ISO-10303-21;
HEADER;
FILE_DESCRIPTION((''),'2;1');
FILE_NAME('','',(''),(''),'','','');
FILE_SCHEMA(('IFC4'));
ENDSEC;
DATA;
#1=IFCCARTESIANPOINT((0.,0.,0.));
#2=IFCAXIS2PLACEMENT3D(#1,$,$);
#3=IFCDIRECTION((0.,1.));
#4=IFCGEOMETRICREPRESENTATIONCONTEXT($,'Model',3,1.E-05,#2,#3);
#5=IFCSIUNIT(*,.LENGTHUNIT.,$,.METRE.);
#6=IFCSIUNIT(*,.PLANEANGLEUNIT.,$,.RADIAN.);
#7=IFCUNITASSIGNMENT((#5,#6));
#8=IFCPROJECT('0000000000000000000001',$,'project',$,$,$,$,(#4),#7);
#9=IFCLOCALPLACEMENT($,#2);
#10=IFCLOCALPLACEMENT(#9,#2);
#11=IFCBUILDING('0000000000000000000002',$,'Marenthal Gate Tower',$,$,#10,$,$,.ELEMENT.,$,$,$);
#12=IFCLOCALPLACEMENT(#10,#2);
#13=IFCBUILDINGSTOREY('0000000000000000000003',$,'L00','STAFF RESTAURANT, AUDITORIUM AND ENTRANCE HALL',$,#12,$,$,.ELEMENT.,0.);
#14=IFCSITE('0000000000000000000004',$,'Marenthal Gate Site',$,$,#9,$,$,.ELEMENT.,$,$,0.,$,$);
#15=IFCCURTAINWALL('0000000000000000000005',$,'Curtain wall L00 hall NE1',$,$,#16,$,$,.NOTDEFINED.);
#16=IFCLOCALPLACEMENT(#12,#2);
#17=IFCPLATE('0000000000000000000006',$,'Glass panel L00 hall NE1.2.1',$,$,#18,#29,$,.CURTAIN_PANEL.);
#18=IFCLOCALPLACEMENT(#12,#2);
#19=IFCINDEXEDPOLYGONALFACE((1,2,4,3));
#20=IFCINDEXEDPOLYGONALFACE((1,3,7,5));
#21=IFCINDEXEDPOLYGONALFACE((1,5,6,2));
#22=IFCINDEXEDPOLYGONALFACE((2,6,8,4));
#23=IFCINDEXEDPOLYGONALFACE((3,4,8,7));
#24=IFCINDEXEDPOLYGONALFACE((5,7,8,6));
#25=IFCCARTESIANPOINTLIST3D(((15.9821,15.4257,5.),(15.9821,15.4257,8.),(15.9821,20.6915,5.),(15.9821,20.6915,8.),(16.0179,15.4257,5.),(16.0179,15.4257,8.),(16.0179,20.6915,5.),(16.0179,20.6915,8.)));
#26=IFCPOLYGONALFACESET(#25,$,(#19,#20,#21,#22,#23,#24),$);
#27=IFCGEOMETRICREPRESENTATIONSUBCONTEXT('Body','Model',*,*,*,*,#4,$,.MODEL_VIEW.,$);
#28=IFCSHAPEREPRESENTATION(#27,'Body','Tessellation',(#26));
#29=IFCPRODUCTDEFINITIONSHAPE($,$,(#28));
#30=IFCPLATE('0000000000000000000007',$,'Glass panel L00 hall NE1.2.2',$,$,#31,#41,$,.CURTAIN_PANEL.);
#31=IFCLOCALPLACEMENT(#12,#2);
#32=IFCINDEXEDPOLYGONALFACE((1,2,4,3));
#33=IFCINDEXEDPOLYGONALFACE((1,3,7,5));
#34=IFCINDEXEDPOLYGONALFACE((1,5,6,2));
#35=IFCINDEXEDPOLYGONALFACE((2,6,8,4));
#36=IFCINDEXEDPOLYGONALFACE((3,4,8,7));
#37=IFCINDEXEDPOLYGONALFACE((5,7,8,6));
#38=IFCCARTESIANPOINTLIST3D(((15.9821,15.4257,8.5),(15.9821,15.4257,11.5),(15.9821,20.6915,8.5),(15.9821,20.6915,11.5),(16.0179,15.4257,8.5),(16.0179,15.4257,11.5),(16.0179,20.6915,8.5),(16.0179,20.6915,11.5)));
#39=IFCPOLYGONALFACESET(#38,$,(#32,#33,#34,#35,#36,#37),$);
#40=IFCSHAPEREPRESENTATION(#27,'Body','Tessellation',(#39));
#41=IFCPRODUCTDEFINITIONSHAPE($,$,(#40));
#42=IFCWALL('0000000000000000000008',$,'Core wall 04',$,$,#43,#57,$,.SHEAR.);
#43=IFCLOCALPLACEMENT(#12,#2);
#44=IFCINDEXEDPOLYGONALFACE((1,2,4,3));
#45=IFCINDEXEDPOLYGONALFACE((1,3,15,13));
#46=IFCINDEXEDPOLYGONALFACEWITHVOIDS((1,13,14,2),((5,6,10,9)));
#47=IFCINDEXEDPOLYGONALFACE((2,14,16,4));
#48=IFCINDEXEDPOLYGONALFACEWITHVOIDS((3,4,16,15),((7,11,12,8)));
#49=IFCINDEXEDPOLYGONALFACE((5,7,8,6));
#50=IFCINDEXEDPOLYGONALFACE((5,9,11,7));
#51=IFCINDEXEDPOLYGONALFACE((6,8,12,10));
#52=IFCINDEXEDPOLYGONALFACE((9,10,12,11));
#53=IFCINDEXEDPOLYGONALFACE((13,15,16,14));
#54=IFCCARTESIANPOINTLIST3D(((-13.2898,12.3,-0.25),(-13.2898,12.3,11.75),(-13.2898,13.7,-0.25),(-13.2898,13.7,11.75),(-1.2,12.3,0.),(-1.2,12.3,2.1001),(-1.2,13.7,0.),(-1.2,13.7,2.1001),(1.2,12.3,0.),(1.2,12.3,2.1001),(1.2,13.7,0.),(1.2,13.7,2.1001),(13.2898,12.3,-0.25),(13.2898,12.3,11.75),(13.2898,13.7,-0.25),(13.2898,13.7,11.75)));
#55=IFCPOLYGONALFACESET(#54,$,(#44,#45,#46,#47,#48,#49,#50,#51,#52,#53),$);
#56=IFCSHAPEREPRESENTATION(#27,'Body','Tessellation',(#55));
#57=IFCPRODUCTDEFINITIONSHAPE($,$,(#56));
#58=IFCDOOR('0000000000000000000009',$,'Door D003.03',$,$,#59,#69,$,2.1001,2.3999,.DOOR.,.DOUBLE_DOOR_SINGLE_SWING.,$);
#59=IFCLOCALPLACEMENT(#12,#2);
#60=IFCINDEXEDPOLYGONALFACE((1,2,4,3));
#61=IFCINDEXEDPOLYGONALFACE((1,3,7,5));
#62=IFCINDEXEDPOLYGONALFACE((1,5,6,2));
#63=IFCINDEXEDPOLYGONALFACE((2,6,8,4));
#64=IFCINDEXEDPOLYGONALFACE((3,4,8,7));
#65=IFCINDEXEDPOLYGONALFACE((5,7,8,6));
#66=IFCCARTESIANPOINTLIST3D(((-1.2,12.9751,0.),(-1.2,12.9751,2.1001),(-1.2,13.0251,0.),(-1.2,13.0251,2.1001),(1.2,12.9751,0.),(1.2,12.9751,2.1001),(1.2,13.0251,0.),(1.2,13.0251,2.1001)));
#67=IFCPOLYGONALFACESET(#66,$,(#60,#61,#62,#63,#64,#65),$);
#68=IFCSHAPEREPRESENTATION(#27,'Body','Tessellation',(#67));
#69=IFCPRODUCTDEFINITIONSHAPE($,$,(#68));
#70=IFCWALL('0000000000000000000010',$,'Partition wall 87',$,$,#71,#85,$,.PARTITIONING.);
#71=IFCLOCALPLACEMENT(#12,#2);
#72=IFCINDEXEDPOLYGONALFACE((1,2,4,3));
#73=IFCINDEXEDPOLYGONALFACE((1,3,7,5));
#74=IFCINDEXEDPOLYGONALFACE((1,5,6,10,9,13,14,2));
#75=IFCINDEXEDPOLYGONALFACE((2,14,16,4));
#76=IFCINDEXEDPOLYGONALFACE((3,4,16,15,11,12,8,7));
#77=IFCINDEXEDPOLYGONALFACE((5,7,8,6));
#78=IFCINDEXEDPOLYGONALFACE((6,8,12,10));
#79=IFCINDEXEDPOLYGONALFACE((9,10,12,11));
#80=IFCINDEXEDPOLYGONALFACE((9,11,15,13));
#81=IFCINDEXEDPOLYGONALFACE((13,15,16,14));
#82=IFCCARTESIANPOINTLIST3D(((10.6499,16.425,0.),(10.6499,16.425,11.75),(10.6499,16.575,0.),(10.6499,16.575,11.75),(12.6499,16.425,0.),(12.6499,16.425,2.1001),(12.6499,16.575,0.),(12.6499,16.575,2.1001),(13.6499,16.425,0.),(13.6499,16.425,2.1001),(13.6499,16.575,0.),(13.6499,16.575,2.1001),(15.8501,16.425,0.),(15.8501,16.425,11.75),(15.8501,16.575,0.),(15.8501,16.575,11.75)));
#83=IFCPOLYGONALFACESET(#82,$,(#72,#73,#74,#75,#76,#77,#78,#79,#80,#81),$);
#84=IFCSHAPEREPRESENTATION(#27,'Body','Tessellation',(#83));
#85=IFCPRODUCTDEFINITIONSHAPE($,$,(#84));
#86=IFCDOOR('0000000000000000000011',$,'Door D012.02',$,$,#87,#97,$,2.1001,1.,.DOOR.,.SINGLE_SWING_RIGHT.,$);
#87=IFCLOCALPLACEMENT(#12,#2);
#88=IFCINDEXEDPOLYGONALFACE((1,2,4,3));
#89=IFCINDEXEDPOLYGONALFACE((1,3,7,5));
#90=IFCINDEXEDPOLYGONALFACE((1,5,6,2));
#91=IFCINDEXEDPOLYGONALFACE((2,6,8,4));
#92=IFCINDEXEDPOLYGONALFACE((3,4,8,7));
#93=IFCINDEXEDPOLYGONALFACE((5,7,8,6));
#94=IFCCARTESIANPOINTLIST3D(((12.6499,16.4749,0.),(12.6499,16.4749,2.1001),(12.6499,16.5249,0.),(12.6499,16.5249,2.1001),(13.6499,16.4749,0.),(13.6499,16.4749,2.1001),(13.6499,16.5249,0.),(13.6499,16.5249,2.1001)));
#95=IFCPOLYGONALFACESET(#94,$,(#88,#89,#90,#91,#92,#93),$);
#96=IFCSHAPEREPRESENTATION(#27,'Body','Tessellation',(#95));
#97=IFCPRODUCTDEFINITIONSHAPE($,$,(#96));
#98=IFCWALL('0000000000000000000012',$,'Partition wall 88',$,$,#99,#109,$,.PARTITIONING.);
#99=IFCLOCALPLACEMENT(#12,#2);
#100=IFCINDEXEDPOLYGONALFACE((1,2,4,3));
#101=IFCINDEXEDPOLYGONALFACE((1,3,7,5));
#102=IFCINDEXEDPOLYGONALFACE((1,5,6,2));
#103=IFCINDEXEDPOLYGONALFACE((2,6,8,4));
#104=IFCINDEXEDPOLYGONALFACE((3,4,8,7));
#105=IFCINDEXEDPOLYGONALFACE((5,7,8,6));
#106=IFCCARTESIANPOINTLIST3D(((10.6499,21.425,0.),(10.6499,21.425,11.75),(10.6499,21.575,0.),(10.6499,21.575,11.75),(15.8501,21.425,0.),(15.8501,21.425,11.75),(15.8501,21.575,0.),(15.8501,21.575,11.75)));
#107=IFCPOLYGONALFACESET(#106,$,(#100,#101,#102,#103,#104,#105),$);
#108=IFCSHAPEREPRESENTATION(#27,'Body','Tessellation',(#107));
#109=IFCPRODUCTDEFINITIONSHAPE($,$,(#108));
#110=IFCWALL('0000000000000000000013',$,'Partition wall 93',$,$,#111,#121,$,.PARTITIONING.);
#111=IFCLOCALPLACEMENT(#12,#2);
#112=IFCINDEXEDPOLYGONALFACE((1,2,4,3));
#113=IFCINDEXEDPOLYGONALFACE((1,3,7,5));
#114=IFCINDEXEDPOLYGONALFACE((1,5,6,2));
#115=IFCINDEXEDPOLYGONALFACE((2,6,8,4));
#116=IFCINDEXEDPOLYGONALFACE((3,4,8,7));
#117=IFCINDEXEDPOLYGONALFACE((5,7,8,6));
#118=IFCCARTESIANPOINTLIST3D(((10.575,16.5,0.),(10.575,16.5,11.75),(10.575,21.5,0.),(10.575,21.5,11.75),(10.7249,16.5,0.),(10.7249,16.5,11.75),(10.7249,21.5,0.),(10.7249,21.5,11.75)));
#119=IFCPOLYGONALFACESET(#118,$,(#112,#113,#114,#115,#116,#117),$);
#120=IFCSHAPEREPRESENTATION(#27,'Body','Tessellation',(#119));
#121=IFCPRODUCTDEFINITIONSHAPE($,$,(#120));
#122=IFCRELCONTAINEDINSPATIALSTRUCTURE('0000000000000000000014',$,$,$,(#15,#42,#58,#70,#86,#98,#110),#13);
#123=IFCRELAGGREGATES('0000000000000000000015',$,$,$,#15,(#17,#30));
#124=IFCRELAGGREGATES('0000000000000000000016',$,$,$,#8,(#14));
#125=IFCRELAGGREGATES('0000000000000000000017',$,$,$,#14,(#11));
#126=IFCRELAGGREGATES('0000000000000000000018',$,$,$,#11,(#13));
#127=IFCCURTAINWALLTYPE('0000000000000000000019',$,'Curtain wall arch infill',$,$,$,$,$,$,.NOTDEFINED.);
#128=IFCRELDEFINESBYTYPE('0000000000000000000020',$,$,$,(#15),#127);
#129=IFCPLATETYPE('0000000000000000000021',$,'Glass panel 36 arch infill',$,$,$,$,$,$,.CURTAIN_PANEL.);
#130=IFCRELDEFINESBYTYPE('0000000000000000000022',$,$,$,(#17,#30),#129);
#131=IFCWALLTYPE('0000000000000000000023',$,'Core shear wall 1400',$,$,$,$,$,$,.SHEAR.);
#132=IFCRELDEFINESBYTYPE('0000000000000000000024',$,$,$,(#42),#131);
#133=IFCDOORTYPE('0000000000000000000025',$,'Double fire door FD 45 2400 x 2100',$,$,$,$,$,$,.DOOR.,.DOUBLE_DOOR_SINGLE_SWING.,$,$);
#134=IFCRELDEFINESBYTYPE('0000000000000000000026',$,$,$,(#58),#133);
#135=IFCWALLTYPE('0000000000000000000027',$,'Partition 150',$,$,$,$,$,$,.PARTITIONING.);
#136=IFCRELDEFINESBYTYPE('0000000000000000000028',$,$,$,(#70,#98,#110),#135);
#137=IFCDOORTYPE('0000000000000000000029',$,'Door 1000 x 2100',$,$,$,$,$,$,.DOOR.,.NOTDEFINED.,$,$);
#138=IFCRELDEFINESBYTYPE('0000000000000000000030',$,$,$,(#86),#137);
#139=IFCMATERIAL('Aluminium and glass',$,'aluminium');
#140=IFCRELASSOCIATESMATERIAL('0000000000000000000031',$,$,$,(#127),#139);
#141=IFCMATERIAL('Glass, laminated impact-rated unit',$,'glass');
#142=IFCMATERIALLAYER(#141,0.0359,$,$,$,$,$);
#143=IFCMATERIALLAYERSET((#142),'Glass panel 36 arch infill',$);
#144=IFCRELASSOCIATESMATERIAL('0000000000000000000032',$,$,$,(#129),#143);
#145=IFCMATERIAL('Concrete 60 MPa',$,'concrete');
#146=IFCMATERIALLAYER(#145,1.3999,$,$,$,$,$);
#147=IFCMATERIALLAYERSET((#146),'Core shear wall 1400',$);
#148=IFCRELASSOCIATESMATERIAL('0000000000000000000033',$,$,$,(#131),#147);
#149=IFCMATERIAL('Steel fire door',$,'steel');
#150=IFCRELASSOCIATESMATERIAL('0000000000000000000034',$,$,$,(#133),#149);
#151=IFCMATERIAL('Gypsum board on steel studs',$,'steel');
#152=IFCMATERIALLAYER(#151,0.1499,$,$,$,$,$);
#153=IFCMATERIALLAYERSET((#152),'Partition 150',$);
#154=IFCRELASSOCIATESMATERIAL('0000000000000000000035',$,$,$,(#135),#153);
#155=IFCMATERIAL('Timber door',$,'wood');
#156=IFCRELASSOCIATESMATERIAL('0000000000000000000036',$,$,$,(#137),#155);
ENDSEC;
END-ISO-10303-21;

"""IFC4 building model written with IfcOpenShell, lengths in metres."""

from ifc_helpers import new_model, si_unit, direction, frame, frame_2d, origin, origin_2d, place, context, subcontext, project, spatial, rectangle, extrude, material, layer, layer_set, type_object, element, fill, aggregate, save


model = new_model("IFC4")

# Units and contexts
model_context = context("Model", 3, precision=1e-05, world=origin(), true_north=direction((0.0, 1.0)))
body_context = subcontext(model_context, "Body", "Model", "MODEL_VIEW")
ifc_project = project(units=[si_unit("LENGTHUNIT", "METRE"), si_unit("PLANEANGLEUNIT", "RADIAN")], contexts=[model_context])

# Site, building, storey
site_placement = place(None, origin())
site = spatial("IfcSite", under=ifc_project, at=site_placement, Name="Marenthal Gate Site", CompositionType="ELEMENT", RefElevation=0.0)
building_placement = place(site_placement, origin())
building = spatial("IfcBuilding", under=site, at=building_placement, Name="Marenthal Gate Tower", CompositionType="ELEMENT")
storey_placement = place(building_placement, origin())
storey = spatial("IfcBuildingStorey", under=building, at=storey_placement, Name="L00", Description="STAFF RESTAURANT, AUDITORIUM AND ENTRANCE HALL", CompositionType="ELEMENT", Elevation=0.0)

# Curtain wall
ifc_material_1 = material(Name="Aluminium and glass", Category="aluminium")
curtain_wall_type = type_object("IfcCurtainWallType", Name="Curtain wall arch infill", PredefinedType="NOTDEFINED", material=ifc_material_1)
curtain_wall_1_placement = place(storey_placement, origin())
curtain_wall_1 = element("IfcCurtainWall", 1, at=curtain_wall_1_placement, inside=storey, type_object=curtain_wall_type, Name="Curtain wall L00 hall NE1", PredefinedType="NOTDEFINED")

# Plates
ifc_material_2 = material(Name="Glass, laminated impact-rated unit", Category="glass")
ifc_layer_1 = layer(ifc_material_2, 0.0359)
ifc_layer_set_1 = layer_set([ifc_layer_1], Name="Glass panel 36 arch infill")
plate_type = type_object("IfcPlateType", Name="Glass panel 36 arch infill", PredefinedType="CURTAIN_PANEL", material=ifc_layer_set_1)
plate_1_placement = place(storey_placement, frame((16.0, 18.0586, 5.0), z_axis=(0.0, 0.0, 1.0), x_axis=(0.0, 1.0, 0.0)))
plate_1 = element("IfcPlate", 2, at=plate_1_placement, type_object=plate_type, Name="Glass panel L00 hall NE1.2.1", PredefinedType="CURTAIN_PANEL", context=body_context, shape_type="SweptSolid", body=[
    extrude(rectangle(XDim=5.2659, YDim=0.0359, at=origin_2d()), origin(), (0.0, 0.0, 1.0), 3.0),
])
plate_2_placement = place(storey_placement, frame((16.0, 18.0586, 8.5), z_axis=(0.0, 0.0, 1.0), x_axis=(0.0, 1.0, 0.0)))
plate_2 = element("IfcPlate", 3, at=plate_2_placement, type_object=plate_type, Name="Glass panel L00 hall NE1.2.2", PredefinedType="CURTAIN_PANEL", context=body_context, shape_type="SweptSolid", body=[
    extrude(rectangle(XDim=5.2659, YDim=0.0359, at=origin_2d()), origin(), (0.0, 0.0, 1.0), 3.0),
])
aggregate(curtain_wall_1, [plate_1, plate_2])

# Walls, openings, doors
ifc_material_3 = material(Name="Concrete 60 MPa", Category="concrete")
ifc_layer_2 = layer(ifc_material_3, 1.3999)
ifc_layer_set_2 = layer_set([ifc_layer_2], Name="Core shear wall 1400")
wall_type_1 = type_object("IfcWallType", Name="Core shear wall 1400", PredefinedType="SHEAR", material=ifc_layer_set_2)
wall_1_placement = place(storey_placement, frame((13.2898, 13.0, -0.25), z_axis=(0.0, 0.0, 1.0), x_axis=(-1.0, 0.0, 0.0)))
wall_1 = element("IfcWall", 4, at=wall_1_placement, inside=storey, type_object=wall_type_1, Name="Core wall 04", PredefinedType="SHEAR", context=body_context, shape_type="SweptSolid", body=[
    extrude(rectangle(XDim=26.5796, YDim=1.3999, at=frame_2d((13.2898, 0.0))), origin(), (0.0, 0.0, 1.0), 12.0),
])
opening_1_placement = place(wall_1_placement, frame((12.0898, 0.0, 0.25)))
opening_1 = element("IfcOpeningElement", 5, at=opening_1_placement, cuts=wall_1, PredefinedType="OPENING", context=body_context, shape_type="SweptSolid", body=[
    extrude(rectangle(XDim=2.3999, YDim=2.1001, at=frame_2d((1.2, 1.05))), frame((0.0, 0.71, 0.0), z_axis=(0.0, -1.0, 0.0), x_axis=(1.0, 0.0, 0.0)), (0.0, 0.0, 1.0), 1.4199),
])
ifc_material_4 = material(Name="Steel fire door", Category="steel")
door_type_1 = type_object("IfcDoorType", Name="Double fire door FD 45 2400 x 2100", OperationType="DOUBLE_DOOR_SINGLE_SWING", PredefinedType="DOOR", material=ifc_material_4)
door_1_placement = place(opening_1_placement, origin())
door_1 = element("IfcDoor", 6, at=door_1_placement, inside=storey, type_object=door_type_1, Name="Door D003.03", OperationType="DOUBLE_DOOR_SINGLE_SWING", OverallHeight=2.1001, OverallWidth=2.3999, PredefinedType="DOOR", context=body_context, shape_type="SweptSolid", body=[
    extrude(rectangle(XDim=2.3999, YDim=2.1001, at=frame_2d((1.2, 1.05))), frame((0.0, 0.0249, 0.0), z_axis=(0.0, -1.0, 0.0), x_axis=(1.0, 0.0, 0.0)), (0.0, 0.0, 1.0), 0.05),
])
fill(opening_1, door_1)
ifc_material_5 = material(Name="Gypsum board on steel studs", Category="steel")
ifc_layer_3 = layer(ifc_material_5, 0.1499)
ifc_layer_set_3 = layer_set([ifc_layer_3], Name="Partition 150")
wall_type_2 = type_object("IfcWallType", Name="Partition 150", PredefinedType="PARTITIONING", material=ifc_layer_set_3)
wall_2_placement = place(storey_placement, frame((10.6499, 16.5, 0.0), z_axis=(0.0, 0.0, 1.0), x_axis=(1.0, 0.0, 0.0)))
wall_2 = element("IfcWall", 7, at=wall_2_placement, inside=storey, type_object=wall_type_2, Name="Partition wall 87", PredefinedType="PARTITIONING", context=body_context, shape_type="SweptSolid", body=[
    extrude(rectangle(XDim=5.2002, YDim=0.1499, at=frame_2d((2.6001, 0.0))), origin(), (0.0, 0.0, 1.0), 11.75),
])
opening_2_placement = place(wall_2_placement, frame((2.0, 0.0, 0.0)))
opening_2 = element("IfcOpeningElement", 8, at=opening_2_placement, cuts=wall_2, PredefinedType="OPENING", context=body_context, shape_type="SweptSolid", body=[
    extrude(rectangle(XDim=1.0, YDim=2.1001, at=frame_2d((0.5, 1.05))), frame((0.0, 0.085, 0.0), z_axis=(0.0, -1.0, 0.0), x_axis=(1.0, 0.0, 0.0)), (0.0, 0.0, 1.0), 0.1699),
])
ifc_material_6 = material(Name="Timber door", Category="wood")
door_type_2 = type_object("IfcDoorType", Name="Door 1000 x 2100", OperationType="NOTDEFINED", PredefinedType="DOOR", material=ifc_material_6)
door_2_placement = place(opening_2_placement, origin())
door_2 = element("IfcDoor", 9, at=door_2_placement, inside=storey, type_object=door_type_2, Name="Door D012.02", OperationType="SINGLE_SWING_RIGHT", OverallHeight=2.1001, OverallWidth=1.0, PredefinedType="DOOR", context=body_context, shape_type="SweptSolid", body=[
    extrude(rectangle(XDim=1.0, YDim=2.1001, at=frame_2d((0.5, 1.05))), frame((0.0, 0.0249, 0.0), z_axis=(0.0, -1.0, 0.0), x_axis=(1.0, 0.0, 0.0)), (0.0, 0.0, 1.0), 0.05),
])
fill(opening_2, door_2)

# Walls
wall_3_placement = place(storey_placement, frame((10.6499, 21.5, 0.0), z_axis=(0.0, 0.0, 1.0), x_axis=(1.0, 0.0, 0.0)))
element("IfcWall", 10, at=wall_3_placement, inside=storey, type_object=wall_type_2, Name="Partition wall 88", PredefinedType="PARTITIONING", context=body_context, shape_type="SweptSolid", body=[
    extrude(rectangle(XDim=5.2002, YDim=0.1499, at=frame_2d((2.6001, 0.0))), origin(), (0.0, 0.0, 1.0), 11.75),
])
wall_4_placement = place(storey_placement, frame((10.6499, 16.5, 0.0), z_axis=(0.0, 0.0, 1.0), x_axis=(0.0, 1.0, 0.0)))
element("IfcWall", 11, at=wall_4_placement, inside=storey, type_object=wall_type_2, Name="Partition wall 93", PredefinedType="PARTITIONING", context=body_context, shape_type="SweptSolid", body=[
    extrude(rectangle(XDim=5.0, YDim=0.1499, at=frame_2d((2.5, 0.0))), origin(), (0.0, 0.0, 1.0), 11.75),
])

save(model, "model.ifc")
